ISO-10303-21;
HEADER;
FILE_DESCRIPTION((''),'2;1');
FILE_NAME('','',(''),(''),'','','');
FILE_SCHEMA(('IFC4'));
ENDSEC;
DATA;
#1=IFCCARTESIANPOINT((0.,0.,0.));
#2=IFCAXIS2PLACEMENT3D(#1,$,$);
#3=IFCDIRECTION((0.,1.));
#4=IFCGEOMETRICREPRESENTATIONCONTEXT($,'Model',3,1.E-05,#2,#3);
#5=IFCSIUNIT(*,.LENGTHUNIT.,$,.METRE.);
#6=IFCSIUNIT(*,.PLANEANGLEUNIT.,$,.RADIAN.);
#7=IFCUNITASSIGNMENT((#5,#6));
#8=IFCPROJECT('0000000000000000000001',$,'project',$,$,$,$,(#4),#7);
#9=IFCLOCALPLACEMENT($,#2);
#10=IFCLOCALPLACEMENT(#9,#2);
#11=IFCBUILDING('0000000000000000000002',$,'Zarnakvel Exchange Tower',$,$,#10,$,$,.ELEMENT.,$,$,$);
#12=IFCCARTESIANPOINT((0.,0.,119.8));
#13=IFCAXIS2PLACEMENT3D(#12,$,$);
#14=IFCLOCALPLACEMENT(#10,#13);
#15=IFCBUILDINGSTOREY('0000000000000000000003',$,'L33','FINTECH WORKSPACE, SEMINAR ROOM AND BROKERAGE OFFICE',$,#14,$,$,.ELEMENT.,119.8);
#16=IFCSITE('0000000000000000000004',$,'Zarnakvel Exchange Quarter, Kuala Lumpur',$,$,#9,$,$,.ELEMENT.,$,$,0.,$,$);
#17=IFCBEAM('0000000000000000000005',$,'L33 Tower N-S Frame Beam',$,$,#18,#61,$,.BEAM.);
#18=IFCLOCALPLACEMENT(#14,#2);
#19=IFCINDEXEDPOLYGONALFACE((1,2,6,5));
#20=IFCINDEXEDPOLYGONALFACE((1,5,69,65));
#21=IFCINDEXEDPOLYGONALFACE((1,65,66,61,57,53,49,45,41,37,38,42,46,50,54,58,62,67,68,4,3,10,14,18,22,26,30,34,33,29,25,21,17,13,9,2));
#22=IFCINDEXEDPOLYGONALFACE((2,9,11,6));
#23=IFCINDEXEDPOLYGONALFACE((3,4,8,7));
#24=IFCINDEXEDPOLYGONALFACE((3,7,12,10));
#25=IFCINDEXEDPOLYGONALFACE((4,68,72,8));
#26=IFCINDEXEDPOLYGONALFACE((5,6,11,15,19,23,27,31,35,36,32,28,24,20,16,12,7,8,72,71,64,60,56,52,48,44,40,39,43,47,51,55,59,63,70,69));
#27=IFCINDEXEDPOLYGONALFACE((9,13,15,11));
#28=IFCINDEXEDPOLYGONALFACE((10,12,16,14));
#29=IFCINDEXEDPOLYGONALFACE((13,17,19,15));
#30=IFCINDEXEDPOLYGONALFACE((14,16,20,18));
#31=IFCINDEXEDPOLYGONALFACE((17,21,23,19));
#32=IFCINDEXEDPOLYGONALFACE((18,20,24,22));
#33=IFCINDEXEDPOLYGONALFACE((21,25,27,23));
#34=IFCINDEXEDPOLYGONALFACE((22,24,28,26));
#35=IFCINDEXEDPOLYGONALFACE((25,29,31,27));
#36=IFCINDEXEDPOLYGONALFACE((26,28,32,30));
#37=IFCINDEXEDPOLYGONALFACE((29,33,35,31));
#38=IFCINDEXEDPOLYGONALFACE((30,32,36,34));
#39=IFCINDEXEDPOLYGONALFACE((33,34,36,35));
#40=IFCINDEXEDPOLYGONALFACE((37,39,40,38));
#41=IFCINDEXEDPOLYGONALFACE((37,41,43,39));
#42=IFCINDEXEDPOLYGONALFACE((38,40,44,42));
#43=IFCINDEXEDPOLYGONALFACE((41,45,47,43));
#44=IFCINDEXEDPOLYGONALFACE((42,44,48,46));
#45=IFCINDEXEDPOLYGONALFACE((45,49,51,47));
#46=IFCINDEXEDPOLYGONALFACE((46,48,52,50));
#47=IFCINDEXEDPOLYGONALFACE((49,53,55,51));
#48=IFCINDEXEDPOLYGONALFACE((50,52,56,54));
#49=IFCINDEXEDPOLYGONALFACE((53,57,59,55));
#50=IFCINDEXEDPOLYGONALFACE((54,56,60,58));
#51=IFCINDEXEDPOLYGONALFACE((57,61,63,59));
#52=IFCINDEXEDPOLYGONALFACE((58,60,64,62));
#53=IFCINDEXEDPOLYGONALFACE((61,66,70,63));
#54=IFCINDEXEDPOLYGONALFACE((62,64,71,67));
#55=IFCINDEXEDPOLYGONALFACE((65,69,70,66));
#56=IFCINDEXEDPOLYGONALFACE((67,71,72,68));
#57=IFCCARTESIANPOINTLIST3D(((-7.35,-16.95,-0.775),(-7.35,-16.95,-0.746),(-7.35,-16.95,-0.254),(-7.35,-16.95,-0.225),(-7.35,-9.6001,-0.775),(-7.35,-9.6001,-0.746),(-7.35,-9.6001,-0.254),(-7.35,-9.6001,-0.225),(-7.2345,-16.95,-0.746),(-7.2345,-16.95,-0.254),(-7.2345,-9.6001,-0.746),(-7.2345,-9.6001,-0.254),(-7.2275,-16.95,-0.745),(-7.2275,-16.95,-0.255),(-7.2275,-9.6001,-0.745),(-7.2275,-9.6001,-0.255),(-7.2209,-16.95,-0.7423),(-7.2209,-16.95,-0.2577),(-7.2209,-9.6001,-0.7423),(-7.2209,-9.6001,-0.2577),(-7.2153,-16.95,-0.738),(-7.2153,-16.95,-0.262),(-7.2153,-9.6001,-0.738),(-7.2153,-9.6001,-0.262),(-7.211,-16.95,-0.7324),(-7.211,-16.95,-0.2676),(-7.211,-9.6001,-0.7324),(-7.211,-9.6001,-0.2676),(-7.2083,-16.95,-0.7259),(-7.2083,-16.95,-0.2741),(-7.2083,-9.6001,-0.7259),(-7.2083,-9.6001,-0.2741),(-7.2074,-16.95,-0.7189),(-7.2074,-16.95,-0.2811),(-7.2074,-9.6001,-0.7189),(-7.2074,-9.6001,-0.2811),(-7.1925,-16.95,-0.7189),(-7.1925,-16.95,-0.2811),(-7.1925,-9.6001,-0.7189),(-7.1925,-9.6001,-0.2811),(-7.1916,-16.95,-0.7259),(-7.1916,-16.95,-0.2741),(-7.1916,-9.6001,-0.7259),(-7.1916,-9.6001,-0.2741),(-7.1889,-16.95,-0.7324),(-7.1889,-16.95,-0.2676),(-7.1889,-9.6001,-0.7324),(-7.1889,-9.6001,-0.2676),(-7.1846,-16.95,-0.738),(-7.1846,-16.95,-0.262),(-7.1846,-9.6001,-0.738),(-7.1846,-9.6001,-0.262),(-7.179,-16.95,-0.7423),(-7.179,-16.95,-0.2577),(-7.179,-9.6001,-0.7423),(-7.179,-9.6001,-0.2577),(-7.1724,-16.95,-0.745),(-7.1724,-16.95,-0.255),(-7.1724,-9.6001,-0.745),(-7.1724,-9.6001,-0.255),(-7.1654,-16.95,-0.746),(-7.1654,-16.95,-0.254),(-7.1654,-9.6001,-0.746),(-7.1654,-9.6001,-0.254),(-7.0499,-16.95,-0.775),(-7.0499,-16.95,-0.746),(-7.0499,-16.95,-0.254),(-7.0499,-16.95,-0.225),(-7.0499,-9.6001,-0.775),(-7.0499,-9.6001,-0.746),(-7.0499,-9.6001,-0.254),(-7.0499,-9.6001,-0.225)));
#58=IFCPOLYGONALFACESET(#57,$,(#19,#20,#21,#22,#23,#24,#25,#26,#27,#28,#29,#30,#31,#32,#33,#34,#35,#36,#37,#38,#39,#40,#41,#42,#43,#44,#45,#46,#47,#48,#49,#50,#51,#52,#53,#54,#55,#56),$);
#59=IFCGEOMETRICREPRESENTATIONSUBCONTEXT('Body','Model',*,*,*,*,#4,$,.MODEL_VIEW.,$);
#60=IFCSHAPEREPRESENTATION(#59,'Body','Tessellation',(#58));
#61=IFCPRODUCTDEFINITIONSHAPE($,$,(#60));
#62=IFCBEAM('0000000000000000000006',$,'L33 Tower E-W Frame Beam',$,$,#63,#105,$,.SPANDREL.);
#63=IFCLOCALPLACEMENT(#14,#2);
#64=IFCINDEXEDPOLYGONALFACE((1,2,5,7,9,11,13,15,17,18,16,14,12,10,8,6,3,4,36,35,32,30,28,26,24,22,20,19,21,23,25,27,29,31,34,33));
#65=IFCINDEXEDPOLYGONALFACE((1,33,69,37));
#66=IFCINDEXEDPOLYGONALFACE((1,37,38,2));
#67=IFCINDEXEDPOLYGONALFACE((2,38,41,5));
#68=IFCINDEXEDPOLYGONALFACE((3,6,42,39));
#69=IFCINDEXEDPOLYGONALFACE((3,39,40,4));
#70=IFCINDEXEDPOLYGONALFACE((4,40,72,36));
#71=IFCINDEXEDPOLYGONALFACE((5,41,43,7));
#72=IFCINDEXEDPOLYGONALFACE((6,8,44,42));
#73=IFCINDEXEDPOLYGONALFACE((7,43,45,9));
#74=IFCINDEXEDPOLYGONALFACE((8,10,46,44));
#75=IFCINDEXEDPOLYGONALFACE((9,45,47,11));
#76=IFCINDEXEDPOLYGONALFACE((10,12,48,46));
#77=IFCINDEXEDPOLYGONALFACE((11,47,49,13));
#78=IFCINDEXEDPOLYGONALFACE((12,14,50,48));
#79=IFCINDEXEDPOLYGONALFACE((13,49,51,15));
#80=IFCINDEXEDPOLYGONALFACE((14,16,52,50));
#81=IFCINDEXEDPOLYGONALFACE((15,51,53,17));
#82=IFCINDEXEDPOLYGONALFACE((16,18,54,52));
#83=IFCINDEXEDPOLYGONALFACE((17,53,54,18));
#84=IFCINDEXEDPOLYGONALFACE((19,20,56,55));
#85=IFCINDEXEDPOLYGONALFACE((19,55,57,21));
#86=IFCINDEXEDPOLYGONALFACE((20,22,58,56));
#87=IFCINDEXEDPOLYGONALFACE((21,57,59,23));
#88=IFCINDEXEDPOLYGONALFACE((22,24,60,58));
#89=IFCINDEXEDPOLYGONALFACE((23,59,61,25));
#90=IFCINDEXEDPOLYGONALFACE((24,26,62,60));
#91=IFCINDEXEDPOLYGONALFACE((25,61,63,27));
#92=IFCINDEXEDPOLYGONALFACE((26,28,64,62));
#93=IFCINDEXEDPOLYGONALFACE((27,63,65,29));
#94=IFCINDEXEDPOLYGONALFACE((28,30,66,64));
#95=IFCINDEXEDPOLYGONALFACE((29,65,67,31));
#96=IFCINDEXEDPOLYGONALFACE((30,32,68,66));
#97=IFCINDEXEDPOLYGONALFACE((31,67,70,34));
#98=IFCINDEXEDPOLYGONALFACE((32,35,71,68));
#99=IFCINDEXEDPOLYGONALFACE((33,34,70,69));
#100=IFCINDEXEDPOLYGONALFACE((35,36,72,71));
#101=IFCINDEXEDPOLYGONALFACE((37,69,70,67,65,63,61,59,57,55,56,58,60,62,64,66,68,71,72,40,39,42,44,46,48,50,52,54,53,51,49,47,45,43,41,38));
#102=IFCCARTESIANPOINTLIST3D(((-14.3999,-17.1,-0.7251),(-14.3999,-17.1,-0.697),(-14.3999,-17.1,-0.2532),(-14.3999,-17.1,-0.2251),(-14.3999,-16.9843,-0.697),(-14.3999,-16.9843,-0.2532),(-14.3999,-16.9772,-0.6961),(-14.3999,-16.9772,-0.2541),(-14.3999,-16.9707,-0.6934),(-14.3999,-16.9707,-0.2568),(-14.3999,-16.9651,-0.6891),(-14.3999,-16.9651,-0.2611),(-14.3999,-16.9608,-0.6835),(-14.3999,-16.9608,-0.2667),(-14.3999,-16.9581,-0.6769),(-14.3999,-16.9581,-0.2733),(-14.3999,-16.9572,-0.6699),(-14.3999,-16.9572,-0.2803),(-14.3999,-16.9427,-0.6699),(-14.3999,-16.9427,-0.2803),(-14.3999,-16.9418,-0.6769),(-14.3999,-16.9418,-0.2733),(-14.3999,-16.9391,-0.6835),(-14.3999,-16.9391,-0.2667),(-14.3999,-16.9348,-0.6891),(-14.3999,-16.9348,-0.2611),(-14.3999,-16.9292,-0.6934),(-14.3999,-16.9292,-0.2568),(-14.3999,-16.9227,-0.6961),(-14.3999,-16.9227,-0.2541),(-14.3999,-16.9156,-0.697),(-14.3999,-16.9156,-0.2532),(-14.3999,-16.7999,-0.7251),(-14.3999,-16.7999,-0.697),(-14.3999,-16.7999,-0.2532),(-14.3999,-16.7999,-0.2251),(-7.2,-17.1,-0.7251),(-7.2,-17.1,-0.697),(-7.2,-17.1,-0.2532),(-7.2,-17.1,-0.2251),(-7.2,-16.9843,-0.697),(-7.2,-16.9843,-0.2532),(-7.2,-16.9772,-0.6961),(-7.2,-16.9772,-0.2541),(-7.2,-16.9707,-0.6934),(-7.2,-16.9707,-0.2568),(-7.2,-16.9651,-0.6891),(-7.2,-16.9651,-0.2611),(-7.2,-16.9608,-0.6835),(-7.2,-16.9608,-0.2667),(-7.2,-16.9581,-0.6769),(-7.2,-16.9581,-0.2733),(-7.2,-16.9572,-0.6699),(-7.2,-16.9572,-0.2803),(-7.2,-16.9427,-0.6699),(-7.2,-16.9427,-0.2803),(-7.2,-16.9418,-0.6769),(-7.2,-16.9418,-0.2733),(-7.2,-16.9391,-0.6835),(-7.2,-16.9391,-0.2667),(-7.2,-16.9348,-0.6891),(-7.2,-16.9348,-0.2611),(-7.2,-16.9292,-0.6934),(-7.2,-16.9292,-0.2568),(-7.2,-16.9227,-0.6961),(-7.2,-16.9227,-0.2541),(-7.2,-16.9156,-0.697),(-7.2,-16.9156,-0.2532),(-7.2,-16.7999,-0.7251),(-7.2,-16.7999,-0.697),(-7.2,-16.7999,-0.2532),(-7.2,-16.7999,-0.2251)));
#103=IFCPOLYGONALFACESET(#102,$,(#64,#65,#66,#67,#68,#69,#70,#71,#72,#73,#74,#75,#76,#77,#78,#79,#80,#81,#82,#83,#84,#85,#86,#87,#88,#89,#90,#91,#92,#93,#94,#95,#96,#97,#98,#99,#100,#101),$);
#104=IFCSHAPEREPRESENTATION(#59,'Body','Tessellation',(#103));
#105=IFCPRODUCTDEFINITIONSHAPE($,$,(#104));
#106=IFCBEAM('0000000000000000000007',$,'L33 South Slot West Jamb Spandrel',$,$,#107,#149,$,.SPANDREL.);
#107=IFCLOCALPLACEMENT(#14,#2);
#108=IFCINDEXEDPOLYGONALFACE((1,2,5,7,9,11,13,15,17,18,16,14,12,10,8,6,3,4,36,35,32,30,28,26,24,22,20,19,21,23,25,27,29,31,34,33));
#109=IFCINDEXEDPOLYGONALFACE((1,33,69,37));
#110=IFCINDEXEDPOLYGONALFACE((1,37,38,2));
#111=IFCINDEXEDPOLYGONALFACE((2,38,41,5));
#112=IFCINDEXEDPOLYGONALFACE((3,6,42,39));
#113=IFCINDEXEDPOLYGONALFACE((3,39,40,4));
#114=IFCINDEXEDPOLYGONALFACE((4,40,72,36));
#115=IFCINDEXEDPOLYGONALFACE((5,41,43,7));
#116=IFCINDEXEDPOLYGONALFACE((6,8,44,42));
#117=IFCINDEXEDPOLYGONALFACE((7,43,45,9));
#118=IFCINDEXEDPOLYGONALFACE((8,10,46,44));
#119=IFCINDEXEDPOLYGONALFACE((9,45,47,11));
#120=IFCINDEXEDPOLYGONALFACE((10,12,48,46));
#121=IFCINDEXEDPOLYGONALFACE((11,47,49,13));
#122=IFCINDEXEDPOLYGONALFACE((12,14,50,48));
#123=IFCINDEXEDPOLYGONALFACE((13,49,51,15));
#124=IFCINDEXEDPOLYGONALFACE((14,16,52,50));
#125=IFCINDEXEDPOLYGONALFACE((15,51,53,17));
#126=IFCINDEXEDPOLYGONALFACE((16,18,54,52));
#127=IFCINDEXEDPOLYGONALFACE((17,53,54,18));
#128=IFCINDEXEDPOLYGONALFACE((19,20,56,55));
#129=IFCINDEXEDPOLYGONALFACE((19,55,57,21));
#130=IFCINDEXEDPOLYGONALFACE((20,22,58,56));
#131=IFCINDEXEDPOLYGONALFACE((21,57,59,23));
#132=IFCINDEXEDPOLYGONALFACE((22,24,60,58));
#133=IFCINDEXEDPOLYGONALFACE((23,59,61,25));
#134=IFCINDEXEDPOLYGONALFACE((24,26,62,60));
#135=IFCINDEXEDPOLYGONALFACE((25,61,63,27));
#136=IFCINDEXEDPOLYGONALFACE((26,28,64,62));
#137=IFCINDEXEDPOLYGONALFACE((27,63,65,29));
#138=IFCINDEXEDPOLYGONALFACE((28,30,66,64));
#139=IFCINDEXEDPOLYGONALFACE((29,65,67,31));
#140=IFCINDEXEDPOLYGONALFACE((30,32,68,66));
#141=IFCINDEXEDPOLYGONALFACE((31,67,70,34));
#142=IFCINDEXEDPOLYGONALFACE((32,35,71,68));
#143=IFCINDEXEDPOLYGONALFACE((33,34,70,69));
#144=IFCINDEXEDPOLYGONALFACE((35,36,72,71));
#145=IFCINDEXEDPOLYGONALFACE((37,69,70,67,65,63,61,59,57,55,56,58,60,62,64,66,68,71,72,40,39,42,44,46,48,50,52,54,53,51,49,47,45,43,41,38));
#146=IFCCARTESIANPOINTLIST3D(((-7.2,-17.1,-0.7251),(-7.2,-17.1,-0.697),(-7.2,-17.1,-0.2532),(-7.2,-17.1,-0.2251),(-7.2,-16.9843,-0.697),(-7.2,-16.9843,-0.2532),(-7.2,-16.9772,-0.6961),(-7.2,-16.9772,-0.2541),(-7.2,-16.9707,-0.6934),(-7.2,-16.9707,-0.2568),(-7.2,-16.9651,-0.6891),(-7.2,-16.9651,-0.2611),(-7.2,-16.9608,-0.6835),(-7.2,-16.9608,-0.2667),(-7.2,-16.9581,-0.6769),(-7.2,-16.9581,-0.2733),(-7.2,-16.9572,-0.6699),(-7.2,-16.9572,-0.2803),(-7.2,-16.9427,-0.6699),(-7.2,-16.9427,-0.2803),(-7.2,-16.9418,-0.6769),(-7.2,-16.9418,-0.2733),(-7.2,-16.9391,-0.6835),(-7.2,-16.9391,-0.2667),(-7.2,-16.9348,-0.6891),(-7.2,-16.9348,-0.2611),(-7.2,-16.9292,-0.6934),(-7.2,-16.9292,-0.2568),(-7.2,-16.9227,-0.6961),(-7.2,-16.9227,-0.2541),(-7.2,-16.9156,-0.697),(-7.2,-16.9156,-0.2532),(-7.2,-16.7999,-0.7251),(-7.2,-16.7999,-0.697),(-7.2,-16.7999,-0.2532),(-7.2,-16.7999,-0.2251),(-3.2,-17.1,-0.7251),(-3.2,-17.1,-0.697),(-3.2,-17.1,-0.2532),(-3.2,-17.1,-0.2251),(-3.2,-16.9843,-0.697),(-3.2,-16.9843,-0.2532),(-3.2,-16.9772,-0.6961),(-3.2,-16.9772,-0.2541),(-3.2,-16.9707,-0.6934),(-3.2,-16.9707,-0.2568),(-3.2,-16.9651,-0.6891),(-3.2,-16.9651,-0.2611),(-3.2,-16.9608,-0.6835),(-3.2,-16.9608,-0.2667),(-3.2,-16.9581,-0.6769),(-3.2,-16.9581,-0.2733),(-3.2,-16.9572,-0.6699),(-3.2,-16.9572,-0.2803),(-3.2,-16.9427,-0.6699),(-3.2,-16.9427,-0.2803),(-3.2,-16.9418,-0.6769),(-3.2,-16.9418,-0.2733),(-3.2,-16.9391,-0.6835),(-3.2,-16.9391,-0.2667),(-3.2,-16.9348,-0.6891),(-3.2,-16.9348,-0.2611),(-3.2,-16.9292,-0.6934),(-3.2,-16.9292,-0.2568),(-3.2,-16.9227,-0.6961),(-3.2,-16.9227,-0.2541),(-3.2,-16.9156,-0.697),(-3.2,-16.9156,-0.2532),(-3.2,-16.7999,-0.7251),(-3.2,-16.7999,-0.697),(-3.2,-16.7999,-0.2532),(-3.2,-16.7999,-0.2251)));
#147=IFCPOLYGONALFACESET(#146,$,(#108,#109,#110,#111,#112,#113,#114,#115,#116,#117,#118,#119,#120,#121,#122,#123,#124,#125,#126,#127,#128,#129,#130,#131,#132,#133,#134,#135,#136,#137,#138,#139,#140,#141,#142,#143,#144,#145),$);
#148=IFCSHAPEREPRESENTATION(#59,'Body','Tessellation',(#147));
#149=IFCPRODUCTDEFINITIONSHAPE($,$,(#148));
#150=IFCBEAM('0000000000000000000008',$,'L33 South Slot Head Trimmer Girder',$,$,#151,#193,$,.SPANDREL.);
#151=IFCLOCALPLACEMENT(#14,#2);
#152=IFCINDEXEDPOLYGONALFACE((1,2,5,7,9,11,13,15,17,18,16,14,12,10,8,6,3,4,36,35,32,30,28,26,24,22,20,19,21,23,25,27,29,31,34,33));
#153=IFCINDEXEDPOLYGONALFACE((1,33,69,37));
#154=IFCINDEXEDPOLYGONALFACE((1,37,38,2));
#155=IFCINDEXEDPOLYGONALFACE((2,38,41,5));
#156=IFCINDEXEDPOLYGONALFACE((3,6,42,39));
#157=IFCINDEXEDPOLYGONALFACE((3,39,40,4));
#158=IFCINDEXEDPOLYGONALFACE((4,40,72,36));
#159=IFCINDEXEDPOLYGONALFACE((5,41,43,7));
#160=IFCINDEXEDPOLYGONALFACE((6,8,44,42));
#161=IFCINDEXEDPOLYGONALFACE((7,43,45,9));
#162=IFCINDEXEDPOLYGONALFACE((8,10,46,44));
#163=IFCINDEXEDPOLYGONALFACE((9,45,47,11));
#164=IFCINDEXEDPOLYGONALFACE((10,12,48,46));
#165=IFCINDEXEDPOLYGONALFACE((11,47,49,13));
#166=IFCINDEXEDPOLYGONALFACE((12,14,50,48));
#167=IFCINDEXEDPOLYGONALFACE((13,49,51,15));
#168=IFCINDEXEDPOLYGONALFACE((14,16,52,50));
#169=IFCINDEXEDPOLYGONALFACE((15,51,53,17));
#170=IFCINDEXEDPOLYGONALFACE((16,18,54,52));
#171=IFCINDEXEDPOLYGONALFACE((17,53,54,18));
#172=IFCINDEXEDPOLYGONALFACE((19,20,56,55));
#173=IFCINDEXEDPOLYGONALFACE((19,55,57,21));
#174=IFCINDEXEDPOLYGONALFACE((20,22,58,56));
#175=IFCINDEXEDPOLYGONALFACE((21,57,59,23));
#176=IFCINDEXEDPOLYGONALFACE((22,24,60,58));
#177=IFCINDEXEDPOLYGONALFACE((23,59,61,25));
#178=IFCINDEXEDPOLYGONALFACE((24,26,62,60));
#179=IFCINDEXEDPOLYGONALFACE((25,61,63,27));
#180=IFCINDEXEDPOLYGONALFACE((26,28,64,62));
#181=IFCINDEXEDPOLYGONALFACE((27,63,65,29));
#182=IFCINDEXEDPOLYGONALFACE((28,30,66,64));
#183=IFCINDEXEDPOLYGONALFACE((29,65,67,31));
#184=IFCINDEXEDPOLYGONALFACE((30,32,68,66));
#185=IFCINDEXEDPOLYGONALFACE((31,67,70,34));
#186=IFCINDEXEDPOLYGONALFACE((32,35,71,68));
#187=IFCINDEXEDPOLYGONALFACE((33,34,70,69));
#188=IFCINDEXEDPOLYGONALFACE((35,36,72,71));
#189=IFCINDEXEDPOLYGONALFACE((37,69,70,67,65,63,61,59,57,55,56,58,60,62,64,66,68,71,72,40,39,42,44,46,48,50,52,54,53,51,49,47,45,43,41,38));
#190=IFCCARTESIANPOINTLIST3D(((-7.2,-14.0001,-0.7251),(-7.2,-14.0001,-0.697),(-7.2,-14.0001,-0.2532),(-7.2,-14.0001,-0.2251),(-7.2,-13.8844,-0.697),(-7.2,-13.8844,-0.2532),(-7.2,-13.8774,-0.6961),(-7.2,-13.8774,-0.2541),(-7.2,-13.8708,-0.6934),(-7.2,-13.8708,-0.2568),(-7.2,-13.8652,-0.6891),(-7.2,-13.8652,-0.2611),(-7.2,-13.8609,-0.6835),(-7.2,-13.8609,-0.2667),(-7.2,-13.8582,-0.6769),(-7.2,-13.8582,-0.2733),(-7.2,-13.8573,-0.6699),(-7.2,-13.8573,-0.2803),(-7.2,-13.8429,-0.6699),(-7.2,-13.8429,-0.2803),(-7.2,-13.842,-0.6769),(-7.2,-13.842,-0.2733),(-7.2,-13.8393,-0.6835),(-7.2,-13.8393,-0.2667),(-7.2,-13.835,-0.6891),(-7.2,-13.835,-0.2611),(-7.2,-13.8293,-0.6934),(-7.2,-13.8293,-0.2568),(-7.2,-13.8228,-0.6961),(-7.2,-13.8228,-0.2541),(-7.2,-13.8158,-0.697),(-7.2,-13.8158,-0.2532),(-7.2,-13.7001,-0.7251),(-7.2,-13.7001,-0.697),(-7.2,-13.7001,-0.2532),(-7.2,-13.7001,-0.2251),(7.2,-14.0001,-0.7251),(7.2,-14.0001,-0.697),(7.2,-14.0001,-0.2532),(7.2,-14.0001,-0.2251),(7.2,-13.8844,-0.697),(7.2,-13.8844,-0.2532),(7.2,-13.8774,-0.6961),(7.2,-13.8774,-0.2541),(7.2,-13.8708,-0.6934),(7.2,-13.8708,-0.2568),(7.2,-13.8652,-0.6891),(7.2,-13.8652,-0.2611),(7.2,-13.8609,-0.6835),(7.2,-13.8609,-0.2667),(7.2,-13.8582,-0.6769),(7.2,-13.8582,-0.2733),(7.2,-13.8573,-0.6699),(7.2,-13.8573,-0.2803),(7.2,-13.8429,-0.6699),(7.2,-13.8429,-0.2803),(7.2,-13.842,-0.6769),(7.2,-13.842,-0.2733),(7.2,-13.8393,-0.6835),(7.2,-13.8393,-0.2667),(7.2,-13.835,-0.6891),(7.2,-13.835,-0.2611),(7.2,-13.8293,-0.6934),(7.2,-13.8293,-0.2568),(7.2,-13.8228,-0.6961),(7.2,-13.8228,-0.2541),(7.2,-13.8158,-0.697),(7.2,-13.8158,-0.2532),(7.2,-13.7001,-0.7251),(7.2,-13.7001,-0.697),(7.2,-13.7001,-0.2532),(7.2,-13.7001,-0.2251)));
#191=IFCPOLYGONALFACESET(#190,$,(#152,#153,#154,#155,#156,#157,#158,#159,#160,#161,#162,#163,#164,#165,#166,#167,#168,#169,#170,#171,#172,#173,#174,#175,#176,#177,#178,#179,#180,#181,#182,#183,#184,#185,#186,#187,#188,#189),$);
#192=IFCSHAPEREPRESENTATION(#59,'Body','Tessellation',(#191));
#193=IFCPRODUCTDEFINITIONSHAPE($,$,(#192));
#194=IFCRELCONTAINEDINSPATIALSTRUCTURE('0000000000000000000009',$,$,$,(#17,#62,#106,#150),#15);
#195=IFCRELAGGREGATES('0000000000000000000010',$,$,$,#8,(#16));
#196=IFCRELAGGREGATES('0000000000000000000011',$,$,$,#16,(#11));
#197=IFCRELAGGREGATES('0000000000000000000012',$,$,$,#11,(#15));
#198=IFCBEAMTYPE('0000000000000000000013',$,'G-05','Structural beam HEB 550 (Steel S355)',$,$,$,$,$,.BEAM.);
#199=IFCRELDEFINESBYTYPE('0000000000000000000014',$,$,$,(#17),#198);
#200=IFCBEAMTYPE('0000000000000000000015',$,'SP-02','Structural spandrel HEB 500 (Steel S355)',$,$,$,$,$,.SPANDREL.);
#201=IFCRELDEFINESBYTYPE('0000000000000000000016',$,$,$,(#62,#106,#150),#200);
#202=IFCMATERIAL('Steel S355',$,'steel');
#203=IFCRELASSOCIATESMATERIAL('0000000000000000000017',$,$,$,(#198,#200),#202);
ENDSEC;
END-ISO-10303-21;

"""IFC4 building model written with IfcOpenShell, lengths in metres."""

from ifc_helpers import new_model, si_unit, direction, frame, origin, origin_2d, place, context, subcontext, project, spatial, i_section, extrude, material, material_profile, profile_set, type_object, element, save


model = new_model("IFC4")

# Units and contexts
model_context = context("Model", 3, precision=1e-05, world=origin(), true_north=direction((0.0, 1.0)))
body_context = subcontext(model_context, "Body", "Model", "MODEL_VIEW")
ifc_project = project(units=[si_unit("LENGTHUNIT", "METRE"), si_unit("PLANEANGLEUNIT", "RADIAN")], contexts=[model_context])

# Site, building, storey
site_placement = place(None, origin())
site = spatial("IfcSite", under=ifc_project, at=site_placement, Name="Zarnakvel Exchange Quarter, Kuala Lumpur", CompositionType="ELEMENT", RefElevation=0.0)
building_placement = place(site_placement, origin())
building = spatial("IfcBuilding", under=site, at=building_placement, Name="Zarnakvel Exchange Tower", CompositionType="ELEMENT")
storey_placement = place(building_placement, frame((0.0, 0.0, 119.8)))
storey = spatial("IfcBuildingStorey", under=building, at=storey_placement, Name="L33", Description="FINTECH WORKSPACE, SEMINAR ROOM AND BROKERAGE OFFICE", CompositionType="ELEMENT", Elevation=119.8)

# Beams
ifc_material_1 = material(Name="Steel S355", Category="steel")
ifc_material_profile_1 = material_profile(ifc_material_1, i_section(OverallWidth=0.3, OverallDepth=0.55, WebThickness=0.0149, FlangeThickness=0.0291, FilletRadius=0.0271, at=origin_2d()))
ifc_profile_set_1 = profile_set([ifc_material_profile_1], Name="Steel S355")
beam_type_1 = type_object("IfcBeamType", Name="G-05", Description="Structural beam HEB 550 (Steel S355)", PredefinedType="BEAM", material=ifc_profile_set_1)
for number, where, z_axis, x_axis, name in (
    (1, (-7.2, -16.95, -0.5), (0.0, 1.0, 0.0), (-1.0, 0.0, 0.0), "L33 Tower N-S Frame Beam"),
):
    element("IfcBeam", number, at=place(storey_placement, frame(where, z_axis=z_axis, x_axis=x_axis)), inside=storey, type_object=beam_type_1, Name=name, PredefinedType="BEAM", context=body_context, shape_type="SweptSolid", body=[
        extrude(i_section(OverallWidth=0.3, OverallDepth=0.55, WebThickness=0.0149, FlangeThickness=0.0291, FilletRadius=0.0271, at=origin_2d()), origin(), (0.0, 0.0, 1.0), 7.3499),
    ])
ifc_material_profile_2 = material_profile(ifc_material_1, i_section(OverallWidth=0.3, OverallDepth=0.5, WebThickness=0.0144, FlangeThickness=0.0281, FilletRadius=0.0271, at=origin_2d()))
ifc_profile_set_2 = profile_set([ifc_material_profile_2], Name="Steel S355")
beam_type_2 = type_object("IfcBeamType", Name="SP-02", Description="Structural spandrel HEB 500 (Steel S355)", PredefinedType="SPANDREL", material=ifc_profile_set_2)
beam_1_placement = place(storey_placement, frame((-14.3999, -16.95, -0.4751), z_axis=(1.0, 0.0, 0.0), x_axis=(0.0, 1.0, 0.0)))
element("IfcBeam", 2, at=beam_1_placement, inside=storey, type_object=beam_type_2, Name="L33 Tower E-W Frame Beam", PredefinedType="SPANDREL", context=body_context, shape_type="SweptSolid", body=[
    extrude(i_section(OverallWidth=0.3, OverallDepth=0.5, WebThickness=0.0144, FlangeThickness=0.0281, FilletRadius=0.0271, at=origin_2d()), origin(), (0.0, 0.0, 1.0), 7.2),
])
beam_2_placement = place(storey_placement, frame((-7.2, -16.95, -0.4751), z_axis=(1.0, 0.0, 0.0), x_axis=(0.0, 1.0, 0.0)))
element("IfcBeam", 3, at=beam_2_placement, inside=storey, type_object=beam_type_2, Name="L33 South Slot West Jamb Spandrel", PredefinedType="SPANDREL", context=body_context, shape_type="SweptSolid", body=[
    extrude(i_section(OverallWidth=0.3, OverallDepth=0.5, WebThickness=0.0144, FlangeThickness=0.0281, FilletRadius=0.0271, at=origin_2d()), origin(), (0.0, 0.0, 1.0), 4.0),
])
beam_3_placement = place(storey_placement, frame((-7.2, -13.8501, -0.4751), z_axis=(1.0, 0.0, 0.0), x_axis=(0.0, 1.0, 0.0)))
element("IfcBeam", 4, at=beam_3_placement, inside=storey, type_object=beam_type_2, Name="L33 South Slot Head Trimmer Girder", PredefinedType="SPANDREL", context=body_context, shape_type="SweptSolid", body=[
    extrude(i_section(OverallWidth=0.3, OverallDepth=0.5, WebThickness=0.0144, FlangeThickness=0.0281, FilletRadius=0.0271, at=origin_2d()), origin(), (0.0, 0.0, 1.0), 14.3999),
])

save(model, "model.ifc")
